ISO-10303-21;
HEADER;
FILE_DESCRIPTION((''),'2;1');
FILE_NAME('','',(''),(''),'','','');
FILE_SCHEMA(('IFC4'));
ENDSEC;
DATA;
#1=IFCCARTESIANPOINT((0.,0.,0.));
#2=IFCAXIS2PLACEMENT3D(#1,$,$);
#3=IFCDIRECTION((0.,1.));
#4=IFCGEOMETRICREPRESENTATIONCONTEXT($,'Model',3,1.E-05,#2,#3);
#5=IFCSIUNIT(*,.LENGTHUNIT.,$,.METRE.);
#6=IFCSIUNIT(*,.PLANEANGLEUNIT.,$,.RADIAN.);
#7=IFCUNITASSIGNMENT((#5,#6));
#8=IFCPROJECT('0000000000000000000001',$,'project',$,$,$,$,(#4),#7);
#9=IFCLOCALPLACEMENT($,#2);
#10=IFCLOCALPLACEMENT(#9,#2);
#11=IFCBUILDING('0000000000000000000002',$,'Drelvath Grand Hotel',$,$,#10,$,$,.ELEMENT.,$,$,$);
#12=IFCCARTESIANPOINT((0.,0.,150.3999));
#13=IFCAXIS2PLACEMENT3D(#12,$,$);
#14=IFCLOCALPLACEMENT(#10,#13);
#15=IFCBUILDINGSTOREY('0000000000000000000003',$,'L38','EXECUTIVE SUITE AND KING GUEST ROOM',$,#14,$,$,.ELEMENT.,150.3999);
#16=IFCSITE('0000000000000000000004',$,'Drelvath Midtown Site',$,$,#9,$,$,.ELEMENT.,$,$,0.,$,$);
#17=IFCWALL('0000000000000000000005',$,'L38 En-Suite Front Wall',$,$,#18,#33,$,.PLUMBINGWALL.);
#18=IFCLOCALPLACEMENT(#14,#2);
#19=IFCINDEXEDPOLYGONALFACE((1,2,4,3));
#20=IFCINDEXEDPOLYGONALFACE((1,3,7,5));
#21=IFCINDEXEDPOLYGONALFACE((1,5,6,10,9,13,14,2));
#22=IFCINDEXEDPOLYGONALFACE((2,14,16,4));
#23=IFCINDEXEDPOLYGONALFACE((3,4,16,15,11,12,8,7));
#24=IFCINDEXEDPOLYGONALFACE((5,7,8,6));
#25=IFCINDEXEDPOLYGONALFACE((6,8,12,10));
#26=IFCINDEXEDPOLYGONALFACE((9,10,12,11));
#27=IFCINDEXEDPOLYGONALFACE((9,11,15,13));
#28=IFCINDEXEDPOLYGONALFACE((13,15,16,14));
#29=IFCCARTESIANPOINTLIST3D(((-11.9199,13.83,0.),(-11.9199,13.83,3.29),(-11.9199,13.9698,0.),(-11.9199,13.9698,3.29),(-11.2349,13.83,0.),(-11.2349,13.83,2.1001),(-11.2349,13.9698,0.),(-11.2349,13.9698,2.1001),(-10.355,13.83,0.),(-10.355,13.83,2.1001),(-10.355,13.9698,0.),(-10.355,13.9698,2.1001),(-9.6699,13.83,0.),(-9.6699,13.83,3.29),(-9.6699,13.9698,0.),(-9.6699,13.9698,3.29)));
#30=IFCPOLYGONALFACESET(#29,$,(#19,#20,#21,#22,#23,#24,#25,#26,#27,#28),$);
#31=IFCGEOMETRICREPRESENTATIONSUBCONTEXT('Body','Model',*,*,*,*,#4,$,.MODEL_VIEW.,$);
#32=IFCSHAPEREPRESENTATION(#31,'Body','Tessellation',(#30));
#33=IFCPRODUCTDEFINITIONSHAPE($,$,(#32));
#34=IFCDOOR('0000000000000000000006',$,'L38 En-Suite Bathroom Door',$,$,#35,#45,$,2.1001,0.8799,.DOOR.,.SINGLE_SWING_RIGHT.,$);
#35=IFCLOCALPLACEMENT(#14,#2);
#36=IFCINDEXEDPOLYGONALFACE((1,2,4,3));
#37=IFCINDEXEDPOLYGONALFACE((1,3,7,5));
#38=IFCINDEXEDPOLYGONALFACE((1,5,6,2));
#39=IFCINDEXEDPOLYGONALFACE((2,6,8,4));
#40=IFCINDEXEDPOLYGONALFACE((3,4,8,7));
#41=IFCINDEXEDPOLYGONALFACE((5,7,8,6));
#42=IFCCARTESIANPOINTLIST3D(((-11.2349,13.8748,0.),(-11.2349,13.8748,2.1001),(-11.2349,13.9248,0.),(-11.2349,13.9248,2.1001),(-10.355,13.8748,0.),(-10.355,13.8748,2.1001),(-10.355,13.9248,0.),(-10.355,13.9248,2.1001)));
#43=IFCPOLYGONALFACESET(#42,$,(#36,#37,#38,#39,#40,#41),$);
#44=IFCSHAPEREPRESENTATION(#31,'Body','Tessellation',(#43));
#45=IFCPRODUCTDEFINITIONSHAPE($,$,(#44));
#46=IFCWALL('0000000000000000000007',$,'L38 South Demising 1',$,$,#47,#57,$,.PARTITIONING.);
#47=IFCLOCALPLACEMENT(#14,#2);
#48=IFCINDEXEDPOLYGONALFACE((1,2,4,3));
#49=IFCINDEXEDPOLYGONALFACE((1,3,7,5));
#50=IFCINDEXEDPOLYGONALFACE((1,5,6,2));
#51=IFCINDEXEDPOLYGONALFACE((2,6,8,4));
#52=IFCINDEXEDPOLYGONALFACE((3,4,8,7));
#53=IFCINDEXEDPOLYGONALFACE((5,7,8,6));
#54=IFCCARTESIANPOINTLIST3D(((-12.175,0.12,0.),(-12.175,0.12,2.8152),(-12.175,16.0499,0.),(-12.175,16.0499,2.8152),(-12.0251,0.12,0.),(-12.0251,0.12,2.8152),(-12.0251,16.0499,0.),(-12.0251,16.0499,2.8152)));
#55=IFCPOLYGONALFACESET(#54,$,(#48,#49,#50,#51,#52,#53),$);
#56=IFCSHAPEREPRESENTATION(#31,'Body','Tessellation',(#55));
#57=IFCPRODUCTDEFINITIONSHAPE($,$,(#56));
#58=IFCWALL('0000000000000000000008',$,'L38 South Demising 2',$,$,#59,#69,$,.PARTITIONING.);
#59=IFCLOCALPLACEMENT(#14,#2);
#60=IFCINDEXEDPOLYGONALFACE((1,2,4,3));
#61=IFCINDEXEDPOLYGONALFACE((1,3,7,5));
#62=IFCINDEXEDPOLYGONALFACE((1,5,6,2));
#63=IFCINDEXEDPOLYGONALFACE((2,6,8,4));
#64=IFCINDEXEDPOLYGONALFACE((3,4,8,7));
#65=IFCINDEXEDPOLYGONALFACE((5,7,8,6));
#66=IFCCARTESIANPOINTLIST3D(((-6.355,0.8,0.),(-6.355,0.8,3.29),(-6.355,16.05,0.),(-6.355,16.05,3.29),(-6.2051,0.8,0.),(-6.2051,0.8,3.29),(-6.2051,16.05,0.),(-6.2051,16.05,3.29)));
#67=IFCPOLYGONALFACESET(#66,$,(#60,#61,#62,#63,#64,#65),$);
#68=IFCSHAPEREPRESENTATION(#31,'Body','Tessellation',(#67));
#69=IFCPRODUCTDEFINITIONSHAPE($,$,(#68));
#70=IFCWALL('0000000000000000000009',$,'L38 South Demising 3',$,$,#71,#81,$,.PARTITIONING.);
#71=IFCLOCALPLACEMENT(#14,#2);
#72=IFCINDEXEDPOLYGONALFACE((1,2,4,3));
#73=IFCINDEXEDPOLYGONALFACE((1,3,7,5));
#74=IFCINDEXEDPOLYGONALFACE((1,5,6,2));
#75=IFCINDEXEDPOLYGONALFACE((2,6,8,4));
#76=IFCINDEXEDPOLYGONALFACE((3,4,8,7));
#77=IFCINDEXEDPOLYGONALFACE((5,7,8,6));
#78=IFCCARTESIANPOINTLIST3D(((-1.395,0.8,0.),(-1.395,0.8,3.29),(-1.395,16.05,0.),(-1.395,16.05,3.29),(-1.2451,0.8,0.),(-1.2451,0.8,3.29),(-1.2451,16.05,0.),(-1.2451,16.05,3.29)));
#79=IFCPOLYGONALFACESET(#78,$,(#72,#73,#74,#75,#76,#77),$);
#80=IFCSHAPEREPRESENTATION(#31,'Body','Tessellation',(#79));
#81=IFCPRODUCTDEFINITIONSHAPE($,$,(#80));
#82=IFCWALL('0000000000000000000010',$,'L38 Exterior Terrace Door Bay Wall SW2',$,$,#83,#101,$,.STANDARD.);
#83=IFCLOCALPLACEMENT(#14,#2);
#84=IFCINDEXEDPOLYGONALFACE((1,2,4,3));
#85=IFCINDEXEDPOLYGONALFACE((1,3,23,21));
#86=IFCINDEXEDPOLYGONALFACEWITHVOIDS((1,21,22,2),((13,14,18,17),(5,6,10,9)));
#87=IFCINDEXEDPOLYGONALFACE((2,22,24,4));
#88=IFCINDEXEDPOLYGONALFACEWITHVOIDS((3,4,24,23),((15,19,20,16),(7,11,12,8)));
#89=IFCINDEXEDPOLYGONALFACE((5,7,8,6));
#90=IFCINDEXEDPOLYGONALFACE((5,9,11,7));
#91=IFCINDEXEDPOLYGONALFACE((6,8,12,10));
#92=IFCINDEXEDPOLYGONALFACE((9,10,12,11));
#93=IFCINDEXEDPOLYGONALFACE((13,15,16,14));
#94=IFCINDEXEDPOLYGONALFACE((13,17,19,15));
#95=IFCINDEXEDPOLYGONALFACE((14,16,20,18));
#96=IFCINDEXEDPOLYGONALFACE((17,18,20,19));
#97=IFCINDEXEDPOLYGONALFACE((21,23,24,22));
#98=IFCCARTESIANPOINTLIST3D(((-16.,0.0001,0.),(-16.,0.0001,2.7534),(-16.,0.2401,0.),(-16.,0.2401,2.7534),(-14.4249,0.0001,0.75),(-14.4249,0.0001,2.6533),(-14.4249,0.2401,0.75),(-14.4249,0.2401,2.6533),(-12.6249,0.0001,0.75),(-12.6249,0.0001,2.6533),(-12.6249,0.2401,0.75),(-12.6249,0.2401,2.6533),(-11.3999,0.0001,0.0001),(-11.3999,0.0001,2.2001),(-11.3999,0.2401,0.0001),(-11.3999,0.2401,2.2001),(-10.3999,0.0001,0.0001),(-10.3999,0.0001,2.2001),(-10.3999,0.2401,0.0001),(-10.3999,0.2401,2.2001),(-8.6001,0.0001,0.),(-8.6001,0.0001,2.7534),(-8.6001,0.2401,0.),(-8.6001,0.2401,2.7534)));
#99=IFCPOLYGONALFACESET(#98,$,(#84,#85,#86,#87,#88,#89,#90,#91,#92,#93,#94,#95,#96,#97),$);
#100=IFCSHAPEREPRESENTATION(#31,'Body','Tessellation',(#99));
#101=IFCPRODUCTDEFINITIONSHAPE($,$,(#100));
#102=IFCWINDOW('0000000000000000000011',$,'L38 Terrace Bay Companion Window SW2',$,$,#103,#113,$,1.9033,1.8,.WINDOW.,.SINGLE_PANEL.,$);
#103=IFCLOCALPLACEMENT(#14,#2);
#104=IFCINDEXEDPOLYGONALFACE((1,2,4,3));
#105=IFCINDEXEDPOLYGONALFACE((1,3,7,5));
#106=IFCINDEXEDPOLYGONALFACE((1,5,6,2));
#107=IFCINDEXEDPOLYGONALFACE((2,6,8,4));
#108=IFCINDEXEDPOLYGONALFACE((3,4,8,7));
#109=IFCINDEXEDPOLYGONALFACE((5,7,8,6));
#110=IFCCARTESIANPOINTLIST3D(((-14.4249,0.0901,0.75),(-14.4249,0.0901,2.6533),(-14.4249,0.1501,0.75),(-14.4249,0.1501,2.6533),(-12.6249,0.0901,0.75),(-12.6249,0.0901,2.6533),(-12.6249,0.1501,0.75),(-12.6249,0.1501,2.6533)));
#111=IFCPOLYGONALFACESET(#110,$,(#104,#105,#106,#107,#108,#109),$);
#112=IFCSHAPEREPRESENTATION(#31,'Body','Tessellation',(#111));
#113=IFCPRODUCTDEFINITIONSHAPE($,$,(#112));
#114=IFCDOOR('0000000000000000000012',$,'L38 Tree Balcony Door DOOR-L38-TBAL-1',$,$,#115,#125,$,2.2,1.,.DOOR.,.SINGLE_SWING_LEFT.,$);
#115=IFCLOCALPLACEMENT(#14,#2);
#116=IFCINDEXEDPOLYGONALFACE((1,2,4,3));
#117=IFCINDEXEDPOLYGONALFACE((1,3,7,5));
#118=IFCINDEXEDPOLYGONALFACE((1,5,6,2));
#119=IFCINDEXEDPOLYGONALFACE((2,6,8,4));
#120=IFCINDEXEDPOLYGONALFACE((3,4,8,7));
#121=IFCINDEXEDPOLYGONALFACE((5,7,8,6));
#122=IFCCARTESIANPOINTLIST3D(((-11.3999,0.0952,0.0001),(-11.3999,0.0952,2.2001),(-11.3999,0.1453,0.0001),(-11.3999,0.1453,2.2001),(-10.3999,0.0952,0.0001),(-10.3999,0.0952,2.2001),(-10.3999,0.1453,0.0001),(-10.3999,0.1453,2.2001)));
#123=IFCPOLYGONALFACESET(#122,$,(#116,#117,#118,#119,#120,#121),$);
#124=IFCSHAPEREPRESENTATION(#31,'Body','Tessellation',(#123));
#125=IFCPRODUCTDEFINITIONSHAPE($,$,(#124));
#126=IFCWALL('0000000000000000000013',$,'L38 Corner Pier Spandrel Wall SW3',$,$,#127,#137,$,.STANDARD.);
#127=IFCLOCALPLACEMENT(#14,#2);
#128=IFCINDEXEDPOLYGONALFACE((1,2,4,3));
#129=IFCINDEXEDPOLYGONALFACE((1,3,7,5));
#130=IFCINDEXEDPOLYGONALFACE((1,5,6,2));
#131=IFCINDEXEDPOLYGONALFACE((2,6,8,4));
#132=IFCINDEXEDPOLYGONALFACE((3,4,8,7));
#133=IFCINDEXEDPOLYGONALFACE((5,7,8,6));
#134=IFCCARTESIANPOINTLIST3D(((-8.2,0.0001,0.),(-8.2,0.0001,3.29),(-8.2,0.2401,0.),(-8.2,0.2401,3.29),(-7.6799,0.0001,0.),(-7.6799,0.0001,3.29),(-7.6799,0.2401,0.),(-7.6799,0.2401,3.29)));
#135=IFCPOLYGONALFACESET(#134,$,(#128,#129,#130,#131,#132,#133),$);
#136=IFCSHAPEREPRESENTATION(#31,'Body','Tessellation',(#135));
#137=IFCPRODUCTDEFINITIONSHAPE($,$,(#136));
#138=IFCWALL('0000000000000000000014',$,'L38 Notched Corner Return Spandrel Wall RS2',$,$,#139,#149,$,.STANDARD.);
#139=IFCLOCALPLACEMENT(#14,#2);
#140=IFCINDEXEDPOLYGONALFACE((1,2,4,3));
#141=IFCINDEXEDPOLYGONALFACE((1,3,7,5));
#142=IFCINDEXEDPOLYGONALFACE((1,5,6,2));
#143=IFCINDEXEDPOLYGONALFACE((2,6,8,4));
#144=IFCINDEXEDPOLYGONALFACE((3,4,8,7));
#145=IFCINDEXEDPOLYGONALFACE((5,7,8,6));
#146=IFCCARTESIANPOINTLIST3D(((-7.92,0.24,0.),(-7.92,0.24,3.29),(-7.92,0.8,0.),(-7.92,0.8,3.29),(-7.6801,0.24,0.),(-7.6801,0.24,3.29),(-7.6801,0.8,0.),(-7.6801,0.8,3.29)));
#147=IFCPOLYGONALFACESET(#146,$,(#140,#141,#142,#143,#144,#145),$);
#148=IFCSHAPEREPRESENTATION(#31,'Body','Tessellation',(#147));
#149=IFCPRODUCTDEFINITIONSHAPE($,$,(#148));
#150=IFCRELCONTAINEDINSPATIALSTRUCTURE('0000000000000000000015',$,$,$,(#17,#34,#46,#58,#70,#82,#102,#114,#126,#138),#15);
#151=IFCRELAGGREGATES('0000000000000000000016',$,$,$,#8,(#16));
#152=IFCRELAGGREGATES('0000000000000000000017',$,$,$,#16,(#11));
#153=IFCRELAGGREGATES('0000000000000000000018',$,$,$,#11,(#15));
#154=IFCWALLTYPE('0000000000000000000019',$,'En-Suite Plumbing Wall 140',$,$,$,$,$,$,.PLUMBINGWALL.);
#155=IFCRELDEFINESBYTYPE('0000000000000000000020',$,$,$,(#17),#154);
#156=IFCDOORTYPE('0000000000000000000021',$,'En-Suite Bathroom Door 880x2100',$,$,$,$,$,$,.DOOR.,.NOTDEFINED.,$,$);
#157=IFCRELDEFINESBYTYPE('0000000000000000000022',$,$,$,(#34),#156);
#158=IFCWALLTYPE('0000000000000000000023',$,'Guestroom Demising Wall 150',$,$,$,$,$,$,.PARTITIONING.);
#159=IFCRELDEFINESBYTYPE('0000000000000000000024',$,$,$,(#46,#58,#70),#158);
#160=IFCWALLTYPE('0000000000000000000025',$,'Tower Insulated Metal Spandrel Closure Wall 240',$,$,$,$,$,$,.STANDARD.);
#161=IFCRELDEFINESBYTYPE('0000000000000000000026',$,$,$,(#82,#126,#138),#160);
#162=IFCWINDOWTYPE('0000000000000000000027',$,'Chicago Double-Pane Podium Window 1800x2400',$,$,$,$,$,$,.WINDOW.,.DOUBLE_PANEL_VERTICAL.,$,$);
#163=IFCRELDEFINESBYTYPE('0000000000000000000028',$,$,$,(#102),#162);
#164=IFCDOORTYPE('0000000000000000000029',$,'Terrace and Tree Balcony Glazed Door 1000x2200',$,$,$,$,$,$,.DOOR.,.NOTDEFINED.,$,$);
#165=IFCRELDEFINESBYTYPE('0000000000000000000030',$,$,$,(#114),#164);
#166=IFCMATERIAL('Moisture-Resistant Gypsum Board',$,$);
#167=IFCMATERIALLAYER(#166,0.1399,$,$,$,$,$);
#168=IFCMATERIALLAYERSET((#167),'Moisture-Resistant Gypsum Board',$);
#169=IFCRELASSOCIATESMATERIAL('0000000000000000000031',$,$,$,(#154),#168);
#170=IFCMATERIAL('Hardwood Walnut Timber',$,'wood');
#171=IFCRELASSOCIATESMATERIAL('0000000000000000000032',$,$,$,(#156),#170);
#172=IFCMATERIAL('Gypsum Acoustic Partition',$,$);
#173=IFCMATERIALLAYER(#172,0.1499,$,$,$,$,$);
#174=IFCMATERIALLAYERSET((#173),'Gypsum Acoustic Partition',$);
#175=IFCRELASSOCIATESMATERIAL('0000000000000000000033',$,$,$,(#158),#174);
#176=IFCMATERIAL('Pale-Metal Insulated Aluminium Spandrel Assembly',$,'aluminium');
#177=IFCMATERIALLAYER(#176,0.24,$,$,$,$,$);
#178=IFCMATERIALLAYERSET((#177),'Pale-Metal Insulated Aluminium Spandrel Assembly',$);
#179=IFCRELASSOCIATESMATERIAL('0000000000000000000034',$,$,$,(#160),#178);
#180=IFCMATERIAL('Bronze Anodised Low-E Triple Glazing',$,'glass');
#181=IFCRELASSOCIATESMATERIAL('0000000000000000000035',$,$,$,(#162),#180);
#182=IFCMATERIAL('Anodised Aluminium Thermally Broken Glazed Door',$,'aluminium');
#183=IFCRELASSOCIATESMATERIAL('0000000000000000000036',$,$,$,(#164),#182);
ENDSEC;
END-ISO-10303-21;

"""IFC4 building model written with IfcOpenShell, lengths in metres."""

from ifc_helpers import new_model, si_unit, direction, frame, frame_2d, origin, place, context, subcontext, project, spatial, rectangle, extrude, material, layer, layer_set, type_object, element, fill, save


model = new_model("IFC4")

# Units and contexts
model_context = context("Model", 3, precision=1e-05, world=origin(), true_north=direction((0.0, 1.0)))
body_context = subcontext(model_context, "Body", "Model", "MODEL_VIEW")
ifc_project = project(units=[si_unit("LENGTHUNIT", "METRE"), si_unit("PLANEANGLEUNIT", "RADIAN")], contexts=[model_context])

# Site, building, storey
site_placement = place(None, origin())
site = spatial("IfcSite", under=ifc_project, at=site_placement, Name="Drelvath Midtown Site", CompositionType="ELEMENT", RefElevation=0.0)
building_placement = place(site_placement, origin())
building = spatial("IfcBuilding", under=site, at=building_placement, Name="Drelvath Grand Hotel", CompositionType="ELEMENT")
storey_placement = place(building_placement, frame((0.0, 0.0, 150.3999)))
storey = spatial("IfcBuildingStorey", under=building, at=storey_placement, Name="L38", Description="EXECUTIVE SUITE AND KING GUEST ROOM", CompositionType="ELEMENT", Elevation=150.3999)

# Wall, opening, door
ifc_material_1 = material(Name="Moisture-Resistant Gypsum Board")
ifc_layer_1 = layer(ifc_material_1, 0.1399)
ifc_layer_set_1 = layer_set([ifc_layer_1], Name="Moisture-Resistant Gypsum Board")
wall_type_1 = type_object("IfcWallType", Name="En-Suite Plumbing Wall 140", PredefinedType="PLUMBINGWALL", material=ifc_layer_set_1)
ifc_material_2 = material(Name="Hardwood Walnut Timber", Category="wood")
door_type_1 = type_object("IfcDoorType", Name="En-Suite Bathroom Door 880x2100", OperationType="NOTDEFINED", PredefinedType="DOOR", material=ifc_material_2)
wall_1_placement = place(storey_placement, frame((-11.9199, 13.8999, 0.0), z_axis=(0.0, 0.0, 1.0), x_axis=(1.0, 0.0, 0.0)))
wall_1 = element("IfcWall", 1, at=wall_1_placement, inside=storey, type_object=wall_type_1, Name="L38 En-Suite Front Wall", PredefinedType="PLUMBINGWALL", context=body_context, shape_type="SweptSolid", body=[
    extrude(rectangle(XDim=2.25, YDim=0.1399, at=frame_2d((1.125, 0.0))), origin(), (0.0, 0.0, 1.0), 3.29),
])
opening_1_placement = place(wall_1_placement, frame((0.6851, 0.0, 0.0)))
opening_1 = element("IfcOpeningElement", 2, at=opening_1_placement, cuts=wall_1, PredefinedType="OPENING", context=body_context, shape_type="SweptSolid", body=[
    extrude(rectangle(XDim=0.8799, YDim=2.1001, at=frame_2d((0.4399, 1.05))), frame((0.0, 0.0798, 0.0), z_axis=(0.0, -1.0, 0.0), x_axis=(1.0, 0.0, 0.0)), (0.0, 0.0, 1.0), 0.1599),
])
door_1_placement = place(opening_1_placement, origin())
door_1 = element("IfcDoor", 3, at=door_1_placement, inside=storey, type_object=door_type_1, Name="L38 En-Suite Bathroom Door", OperationType="SINGLE_SWING_RIGHT", OverallHeight=2.1001, OverallWidth=0.8799, PredefinedType="DOOR", context=body_context, shape_type="SweptSolid", body=[
    extrude(rectangle(XDim=0.8799, YDim=2.1001, at=frame_2d((0.4399, 1.05))), frame((0.0, 0.0249, 0.0), z_axis=(0.0, -1.0, 0.0), x_axis=(1.0, 0.0, 0.0)), (0.0, 0.0, 1.0), 0.05),
])
fill(opening_1, door_1)

# Walls
ifc_material_3 = material(Name="Gypsum Acoustic Partition")
ifc_layer_2 = layer(ifc_material_3, 0.1499)
ifc_layer_set_2 = layer_set([ifc_layer_2], Name="Gypsum Acoustic Partition")
wall_type_2 = type_object("IfcWallType", Name="Guestroom Demising Wall 150", PredefinedType="PARTITIONING", material=ifc_layer_set_2)
wall_2_placement = place(storey_placement, frame((-12.1001, 0.1201, 0.0), z_axis=(0.0, 0.0, 1.0), x_axis=(0.0, 1.0, 0.0)))
element("IfcWall", 4, at=wall_2_placement, inside=storey, type_object=wall_type_2, Name="L38 South Demising 1", PredefinedType="PARTITIONING", context=body_context, shape_type="SweptSolid", body=[
    extrude(rectangle(XDim=15.9299, YDim=0.1499, at=frame_2d((7.9648, 0.0))), origin(), (0.0, 0.0, 1.0), 2.8152),
])
for number, where, z_axis, x_axis, name in (
    (5, (-6.28, 0.8, 0.0), (0.0, 0.0, 1.0), (0.0, 1.0, 0.0), "L38 South Demising 2"),
    (6, (-1.3201, 0.8, 0.0), (0.0, 0.0, 1.0), (0.0, 1.0, 0.0), "L38 South Demising 3"),
):
    element("IfcWall", number, at=place(storey_placement, frame(where, z_axis=z_axis, x_axis=x_axis)), inside=storey, type_object=wall_type_2, Name=name, PredefinedType="PARTITIONING", context=body_context, shape_type="SweptSolid", body=[
        extrude(rectangle(XDim=15.25, YDim=0.1499, at=frame_2d((7.625, 0.0))), origin(), (0.0, 0.0, 1.0), 3.29),
    ])

# Wall, openings, window, door
ifc_material_4 = material(Name="Pale-Metal Insulated Aluminium Spandrel Assembly", Category="aluminium")
ifc_layer_3 = layer(ifc_material_4, 0.24)
ifc_layer_set_3 = layer_set([ifc_layer_3], Name="Pale-Metal Insulated Aluminium Spandrel Assembly")
wall_type_3 = type_object("IfcWallType", Name="Tower Insulated Metal Spandrel Closure Wall 240", PredefinedType="STANDARD", material=ifc_layer_set_3)
wall_3_placement = place(storey_placement, frame((-8.6001, 0.1201, 0.0), z_axis=(0.0, 0.0, 1.0), x_axis=(-1.0, 0.0, 0.0)))
wall_3 = element("IfcWall", 7, at=wall_3_placement, inside=storey, type_object=wall_type_3, Name="L38 Exterior Terrace Door Bay Wall SW2", PredefinedType="STANDARD", context=body_context, shape_type="SweptSolid", body=[
    extrude(rectangle(XDim=7.3999, YDim=0.24, at=frame_2d((3.7, 0.0))), origin(), (0.0, 0.0, 1.0), 2.7534),
])
opening_2_placement = place(wall_3_placement, frame((1.7998, 0.0, 0.0)))
opening_2 = element("IfcOpeningElement", 8, at=opening_2_placement, cuts=wall_3, PredefinedType="OPENING", context=body_context, shape_type="SweptSolid", body=[
    extrude(rectangle(XDim=1.0, YDim=2.2, at=frame_2d((0.5, 1.1001))), frame((0.0, 0.1299, 0.0), z_axis=(0.0, -1.0, 0.0), x_axis=(1.0, 0.0, 0.0)), (0.0, 0.0, 1.0), 0.26),
])
opening_3_placement = place(wall_3_placement, frame((4.0249, 0.0, 0.75)))
opening_3 = element("IfcOpeningElement", 9, at=opening_3_placement, cuts=wall_3, PredefinedType="OPENING", context=body_context, shape_type="SweptSolid", body=[
    extrude(rectangle(XDim=1.8, YDim=1.9033, at=frame_2d((0.8999, 0.9517))), frame((0.0, 0.1299, 0.0), z_axis=(0.0, -1.0, 0.0), x_axis=(1.0, 0.0, 0.0)), (0.0, 0.0, 1.0), 0.26),
])
ifc_material_5 = material(Name="Bronze Anodised Low-E Triple Glazing", Category="glass")
window_type = type_object("IfcWindowType", Name="Chicago Double-Pane Podium Window 1800x2400", PartitioningType="DOUBLE_PANEL_VERTICAL", PredefinedType="WINDOW", material=ifc_material_5)
window_placement = place(opening_3_placement, origin())
window = element("IfcWindow", 10, at=window_placement, inside=storey, type_object=window_type, Name="L38 Terrace Bay Companion Window SW2", OverallHeight=1.9033, OverallWidth=1.8, PartitioningType="SINGLE_PANEL", PredefinedType="WINDOW", context=body_context, shape_type="SweptSolid", body=[
    extrude(rectangle(XDim=1.8, YDim=1.9033, at=frame_2d((0.8999, 0.9517))), frame((0.0, 0.03, 0.0), z_axis=(0.0, -1.0, 0.0), x_axis=(1.0, 0.0, 0.0)), (0.0, 0.0, 1.0), 0.0601),
])
fill(opening_3, window)
ifc_material_6 = material(Name="Anodised Aluminium Thermally Broken Glazed Door", Category="aluminium")
door_type_2 = type_object("IfcDoorType", Name="Terrace and Tree Balcony Glazed Door 1000x2200", OperationType="NOTDEFINED", PredefinedType="DOOR", material=ifc_material_6)
door_2_placement = place(opening_2_placement, origin())
door_2 = element("IfcDoor", 11, at=door_2_placement, inside=storey, type_object=door_type_2, Name="L38 Tree Balcony Door DOOR-L38-TBAL-1", OperationType="SINGLE_SWING_LEFT", OverallHeight=2.2, OverallWidth=1.0, PredefinedType="DOOR", context=body_context, shape_type="SweptSolid", body=[
    extrude(rectangle(XDim=1.0, YDim=2.2, at=frame_2d((0.5, 1.1001))), frame((0.0, 0.0249, 0.0), z_axis=(0.0, -1.0, 0.0), x_axis=(1.0, 0.0, 0.0)), (0.0, 0.0, 1.0), 0.05),
])
fill(opening_2, door_2)

# Walls
wall_4_placement = place(storey_placement, frame((-7.6799, 0.1201, 0.0), z_axis=(0.0, 0.0, 1.0), x_axis=(-1.0, 0.0, 0.0)))
element("IfcWall", 12, at=wall_4_placement, inside=storey, type_object=wall_type_3, Name="L38 Corner Pier Spandrel Wall SW3", PredefinedType="STANDARD", context=body_context, shape_type="SweptSolid", body=[
    extrude(rectangle(XDim=0.52, YDim=0.24, at=frame_2d((0.26, 0.0))), origin(), (0.0, 0.0, 1.0), 3.29),
])
wall_5_placement = place(storey_placement, frame((-7.8, 0.8, 0.0), z_axis=(0.0, 0.0, 1.0), x_axis=(0.0, -1.0, 0.0)))
element("IfcWall", 13, at=wall_5_placement, inside=storey, type_object=wall_type_3, Name="L38 Notched Corner Return Spandrel Wall RS2", PredefinedType="STANDARD", context=body_context, shape_type="SweptSolid", body=[
    extrude(rectangle(XDim=0.5601, YDim=0.24, at=frame_2d((0.28, 0.0))), origin(), (0.0, 0.0, 1.0), 3.29),
])

save(model, "model.ifc")
